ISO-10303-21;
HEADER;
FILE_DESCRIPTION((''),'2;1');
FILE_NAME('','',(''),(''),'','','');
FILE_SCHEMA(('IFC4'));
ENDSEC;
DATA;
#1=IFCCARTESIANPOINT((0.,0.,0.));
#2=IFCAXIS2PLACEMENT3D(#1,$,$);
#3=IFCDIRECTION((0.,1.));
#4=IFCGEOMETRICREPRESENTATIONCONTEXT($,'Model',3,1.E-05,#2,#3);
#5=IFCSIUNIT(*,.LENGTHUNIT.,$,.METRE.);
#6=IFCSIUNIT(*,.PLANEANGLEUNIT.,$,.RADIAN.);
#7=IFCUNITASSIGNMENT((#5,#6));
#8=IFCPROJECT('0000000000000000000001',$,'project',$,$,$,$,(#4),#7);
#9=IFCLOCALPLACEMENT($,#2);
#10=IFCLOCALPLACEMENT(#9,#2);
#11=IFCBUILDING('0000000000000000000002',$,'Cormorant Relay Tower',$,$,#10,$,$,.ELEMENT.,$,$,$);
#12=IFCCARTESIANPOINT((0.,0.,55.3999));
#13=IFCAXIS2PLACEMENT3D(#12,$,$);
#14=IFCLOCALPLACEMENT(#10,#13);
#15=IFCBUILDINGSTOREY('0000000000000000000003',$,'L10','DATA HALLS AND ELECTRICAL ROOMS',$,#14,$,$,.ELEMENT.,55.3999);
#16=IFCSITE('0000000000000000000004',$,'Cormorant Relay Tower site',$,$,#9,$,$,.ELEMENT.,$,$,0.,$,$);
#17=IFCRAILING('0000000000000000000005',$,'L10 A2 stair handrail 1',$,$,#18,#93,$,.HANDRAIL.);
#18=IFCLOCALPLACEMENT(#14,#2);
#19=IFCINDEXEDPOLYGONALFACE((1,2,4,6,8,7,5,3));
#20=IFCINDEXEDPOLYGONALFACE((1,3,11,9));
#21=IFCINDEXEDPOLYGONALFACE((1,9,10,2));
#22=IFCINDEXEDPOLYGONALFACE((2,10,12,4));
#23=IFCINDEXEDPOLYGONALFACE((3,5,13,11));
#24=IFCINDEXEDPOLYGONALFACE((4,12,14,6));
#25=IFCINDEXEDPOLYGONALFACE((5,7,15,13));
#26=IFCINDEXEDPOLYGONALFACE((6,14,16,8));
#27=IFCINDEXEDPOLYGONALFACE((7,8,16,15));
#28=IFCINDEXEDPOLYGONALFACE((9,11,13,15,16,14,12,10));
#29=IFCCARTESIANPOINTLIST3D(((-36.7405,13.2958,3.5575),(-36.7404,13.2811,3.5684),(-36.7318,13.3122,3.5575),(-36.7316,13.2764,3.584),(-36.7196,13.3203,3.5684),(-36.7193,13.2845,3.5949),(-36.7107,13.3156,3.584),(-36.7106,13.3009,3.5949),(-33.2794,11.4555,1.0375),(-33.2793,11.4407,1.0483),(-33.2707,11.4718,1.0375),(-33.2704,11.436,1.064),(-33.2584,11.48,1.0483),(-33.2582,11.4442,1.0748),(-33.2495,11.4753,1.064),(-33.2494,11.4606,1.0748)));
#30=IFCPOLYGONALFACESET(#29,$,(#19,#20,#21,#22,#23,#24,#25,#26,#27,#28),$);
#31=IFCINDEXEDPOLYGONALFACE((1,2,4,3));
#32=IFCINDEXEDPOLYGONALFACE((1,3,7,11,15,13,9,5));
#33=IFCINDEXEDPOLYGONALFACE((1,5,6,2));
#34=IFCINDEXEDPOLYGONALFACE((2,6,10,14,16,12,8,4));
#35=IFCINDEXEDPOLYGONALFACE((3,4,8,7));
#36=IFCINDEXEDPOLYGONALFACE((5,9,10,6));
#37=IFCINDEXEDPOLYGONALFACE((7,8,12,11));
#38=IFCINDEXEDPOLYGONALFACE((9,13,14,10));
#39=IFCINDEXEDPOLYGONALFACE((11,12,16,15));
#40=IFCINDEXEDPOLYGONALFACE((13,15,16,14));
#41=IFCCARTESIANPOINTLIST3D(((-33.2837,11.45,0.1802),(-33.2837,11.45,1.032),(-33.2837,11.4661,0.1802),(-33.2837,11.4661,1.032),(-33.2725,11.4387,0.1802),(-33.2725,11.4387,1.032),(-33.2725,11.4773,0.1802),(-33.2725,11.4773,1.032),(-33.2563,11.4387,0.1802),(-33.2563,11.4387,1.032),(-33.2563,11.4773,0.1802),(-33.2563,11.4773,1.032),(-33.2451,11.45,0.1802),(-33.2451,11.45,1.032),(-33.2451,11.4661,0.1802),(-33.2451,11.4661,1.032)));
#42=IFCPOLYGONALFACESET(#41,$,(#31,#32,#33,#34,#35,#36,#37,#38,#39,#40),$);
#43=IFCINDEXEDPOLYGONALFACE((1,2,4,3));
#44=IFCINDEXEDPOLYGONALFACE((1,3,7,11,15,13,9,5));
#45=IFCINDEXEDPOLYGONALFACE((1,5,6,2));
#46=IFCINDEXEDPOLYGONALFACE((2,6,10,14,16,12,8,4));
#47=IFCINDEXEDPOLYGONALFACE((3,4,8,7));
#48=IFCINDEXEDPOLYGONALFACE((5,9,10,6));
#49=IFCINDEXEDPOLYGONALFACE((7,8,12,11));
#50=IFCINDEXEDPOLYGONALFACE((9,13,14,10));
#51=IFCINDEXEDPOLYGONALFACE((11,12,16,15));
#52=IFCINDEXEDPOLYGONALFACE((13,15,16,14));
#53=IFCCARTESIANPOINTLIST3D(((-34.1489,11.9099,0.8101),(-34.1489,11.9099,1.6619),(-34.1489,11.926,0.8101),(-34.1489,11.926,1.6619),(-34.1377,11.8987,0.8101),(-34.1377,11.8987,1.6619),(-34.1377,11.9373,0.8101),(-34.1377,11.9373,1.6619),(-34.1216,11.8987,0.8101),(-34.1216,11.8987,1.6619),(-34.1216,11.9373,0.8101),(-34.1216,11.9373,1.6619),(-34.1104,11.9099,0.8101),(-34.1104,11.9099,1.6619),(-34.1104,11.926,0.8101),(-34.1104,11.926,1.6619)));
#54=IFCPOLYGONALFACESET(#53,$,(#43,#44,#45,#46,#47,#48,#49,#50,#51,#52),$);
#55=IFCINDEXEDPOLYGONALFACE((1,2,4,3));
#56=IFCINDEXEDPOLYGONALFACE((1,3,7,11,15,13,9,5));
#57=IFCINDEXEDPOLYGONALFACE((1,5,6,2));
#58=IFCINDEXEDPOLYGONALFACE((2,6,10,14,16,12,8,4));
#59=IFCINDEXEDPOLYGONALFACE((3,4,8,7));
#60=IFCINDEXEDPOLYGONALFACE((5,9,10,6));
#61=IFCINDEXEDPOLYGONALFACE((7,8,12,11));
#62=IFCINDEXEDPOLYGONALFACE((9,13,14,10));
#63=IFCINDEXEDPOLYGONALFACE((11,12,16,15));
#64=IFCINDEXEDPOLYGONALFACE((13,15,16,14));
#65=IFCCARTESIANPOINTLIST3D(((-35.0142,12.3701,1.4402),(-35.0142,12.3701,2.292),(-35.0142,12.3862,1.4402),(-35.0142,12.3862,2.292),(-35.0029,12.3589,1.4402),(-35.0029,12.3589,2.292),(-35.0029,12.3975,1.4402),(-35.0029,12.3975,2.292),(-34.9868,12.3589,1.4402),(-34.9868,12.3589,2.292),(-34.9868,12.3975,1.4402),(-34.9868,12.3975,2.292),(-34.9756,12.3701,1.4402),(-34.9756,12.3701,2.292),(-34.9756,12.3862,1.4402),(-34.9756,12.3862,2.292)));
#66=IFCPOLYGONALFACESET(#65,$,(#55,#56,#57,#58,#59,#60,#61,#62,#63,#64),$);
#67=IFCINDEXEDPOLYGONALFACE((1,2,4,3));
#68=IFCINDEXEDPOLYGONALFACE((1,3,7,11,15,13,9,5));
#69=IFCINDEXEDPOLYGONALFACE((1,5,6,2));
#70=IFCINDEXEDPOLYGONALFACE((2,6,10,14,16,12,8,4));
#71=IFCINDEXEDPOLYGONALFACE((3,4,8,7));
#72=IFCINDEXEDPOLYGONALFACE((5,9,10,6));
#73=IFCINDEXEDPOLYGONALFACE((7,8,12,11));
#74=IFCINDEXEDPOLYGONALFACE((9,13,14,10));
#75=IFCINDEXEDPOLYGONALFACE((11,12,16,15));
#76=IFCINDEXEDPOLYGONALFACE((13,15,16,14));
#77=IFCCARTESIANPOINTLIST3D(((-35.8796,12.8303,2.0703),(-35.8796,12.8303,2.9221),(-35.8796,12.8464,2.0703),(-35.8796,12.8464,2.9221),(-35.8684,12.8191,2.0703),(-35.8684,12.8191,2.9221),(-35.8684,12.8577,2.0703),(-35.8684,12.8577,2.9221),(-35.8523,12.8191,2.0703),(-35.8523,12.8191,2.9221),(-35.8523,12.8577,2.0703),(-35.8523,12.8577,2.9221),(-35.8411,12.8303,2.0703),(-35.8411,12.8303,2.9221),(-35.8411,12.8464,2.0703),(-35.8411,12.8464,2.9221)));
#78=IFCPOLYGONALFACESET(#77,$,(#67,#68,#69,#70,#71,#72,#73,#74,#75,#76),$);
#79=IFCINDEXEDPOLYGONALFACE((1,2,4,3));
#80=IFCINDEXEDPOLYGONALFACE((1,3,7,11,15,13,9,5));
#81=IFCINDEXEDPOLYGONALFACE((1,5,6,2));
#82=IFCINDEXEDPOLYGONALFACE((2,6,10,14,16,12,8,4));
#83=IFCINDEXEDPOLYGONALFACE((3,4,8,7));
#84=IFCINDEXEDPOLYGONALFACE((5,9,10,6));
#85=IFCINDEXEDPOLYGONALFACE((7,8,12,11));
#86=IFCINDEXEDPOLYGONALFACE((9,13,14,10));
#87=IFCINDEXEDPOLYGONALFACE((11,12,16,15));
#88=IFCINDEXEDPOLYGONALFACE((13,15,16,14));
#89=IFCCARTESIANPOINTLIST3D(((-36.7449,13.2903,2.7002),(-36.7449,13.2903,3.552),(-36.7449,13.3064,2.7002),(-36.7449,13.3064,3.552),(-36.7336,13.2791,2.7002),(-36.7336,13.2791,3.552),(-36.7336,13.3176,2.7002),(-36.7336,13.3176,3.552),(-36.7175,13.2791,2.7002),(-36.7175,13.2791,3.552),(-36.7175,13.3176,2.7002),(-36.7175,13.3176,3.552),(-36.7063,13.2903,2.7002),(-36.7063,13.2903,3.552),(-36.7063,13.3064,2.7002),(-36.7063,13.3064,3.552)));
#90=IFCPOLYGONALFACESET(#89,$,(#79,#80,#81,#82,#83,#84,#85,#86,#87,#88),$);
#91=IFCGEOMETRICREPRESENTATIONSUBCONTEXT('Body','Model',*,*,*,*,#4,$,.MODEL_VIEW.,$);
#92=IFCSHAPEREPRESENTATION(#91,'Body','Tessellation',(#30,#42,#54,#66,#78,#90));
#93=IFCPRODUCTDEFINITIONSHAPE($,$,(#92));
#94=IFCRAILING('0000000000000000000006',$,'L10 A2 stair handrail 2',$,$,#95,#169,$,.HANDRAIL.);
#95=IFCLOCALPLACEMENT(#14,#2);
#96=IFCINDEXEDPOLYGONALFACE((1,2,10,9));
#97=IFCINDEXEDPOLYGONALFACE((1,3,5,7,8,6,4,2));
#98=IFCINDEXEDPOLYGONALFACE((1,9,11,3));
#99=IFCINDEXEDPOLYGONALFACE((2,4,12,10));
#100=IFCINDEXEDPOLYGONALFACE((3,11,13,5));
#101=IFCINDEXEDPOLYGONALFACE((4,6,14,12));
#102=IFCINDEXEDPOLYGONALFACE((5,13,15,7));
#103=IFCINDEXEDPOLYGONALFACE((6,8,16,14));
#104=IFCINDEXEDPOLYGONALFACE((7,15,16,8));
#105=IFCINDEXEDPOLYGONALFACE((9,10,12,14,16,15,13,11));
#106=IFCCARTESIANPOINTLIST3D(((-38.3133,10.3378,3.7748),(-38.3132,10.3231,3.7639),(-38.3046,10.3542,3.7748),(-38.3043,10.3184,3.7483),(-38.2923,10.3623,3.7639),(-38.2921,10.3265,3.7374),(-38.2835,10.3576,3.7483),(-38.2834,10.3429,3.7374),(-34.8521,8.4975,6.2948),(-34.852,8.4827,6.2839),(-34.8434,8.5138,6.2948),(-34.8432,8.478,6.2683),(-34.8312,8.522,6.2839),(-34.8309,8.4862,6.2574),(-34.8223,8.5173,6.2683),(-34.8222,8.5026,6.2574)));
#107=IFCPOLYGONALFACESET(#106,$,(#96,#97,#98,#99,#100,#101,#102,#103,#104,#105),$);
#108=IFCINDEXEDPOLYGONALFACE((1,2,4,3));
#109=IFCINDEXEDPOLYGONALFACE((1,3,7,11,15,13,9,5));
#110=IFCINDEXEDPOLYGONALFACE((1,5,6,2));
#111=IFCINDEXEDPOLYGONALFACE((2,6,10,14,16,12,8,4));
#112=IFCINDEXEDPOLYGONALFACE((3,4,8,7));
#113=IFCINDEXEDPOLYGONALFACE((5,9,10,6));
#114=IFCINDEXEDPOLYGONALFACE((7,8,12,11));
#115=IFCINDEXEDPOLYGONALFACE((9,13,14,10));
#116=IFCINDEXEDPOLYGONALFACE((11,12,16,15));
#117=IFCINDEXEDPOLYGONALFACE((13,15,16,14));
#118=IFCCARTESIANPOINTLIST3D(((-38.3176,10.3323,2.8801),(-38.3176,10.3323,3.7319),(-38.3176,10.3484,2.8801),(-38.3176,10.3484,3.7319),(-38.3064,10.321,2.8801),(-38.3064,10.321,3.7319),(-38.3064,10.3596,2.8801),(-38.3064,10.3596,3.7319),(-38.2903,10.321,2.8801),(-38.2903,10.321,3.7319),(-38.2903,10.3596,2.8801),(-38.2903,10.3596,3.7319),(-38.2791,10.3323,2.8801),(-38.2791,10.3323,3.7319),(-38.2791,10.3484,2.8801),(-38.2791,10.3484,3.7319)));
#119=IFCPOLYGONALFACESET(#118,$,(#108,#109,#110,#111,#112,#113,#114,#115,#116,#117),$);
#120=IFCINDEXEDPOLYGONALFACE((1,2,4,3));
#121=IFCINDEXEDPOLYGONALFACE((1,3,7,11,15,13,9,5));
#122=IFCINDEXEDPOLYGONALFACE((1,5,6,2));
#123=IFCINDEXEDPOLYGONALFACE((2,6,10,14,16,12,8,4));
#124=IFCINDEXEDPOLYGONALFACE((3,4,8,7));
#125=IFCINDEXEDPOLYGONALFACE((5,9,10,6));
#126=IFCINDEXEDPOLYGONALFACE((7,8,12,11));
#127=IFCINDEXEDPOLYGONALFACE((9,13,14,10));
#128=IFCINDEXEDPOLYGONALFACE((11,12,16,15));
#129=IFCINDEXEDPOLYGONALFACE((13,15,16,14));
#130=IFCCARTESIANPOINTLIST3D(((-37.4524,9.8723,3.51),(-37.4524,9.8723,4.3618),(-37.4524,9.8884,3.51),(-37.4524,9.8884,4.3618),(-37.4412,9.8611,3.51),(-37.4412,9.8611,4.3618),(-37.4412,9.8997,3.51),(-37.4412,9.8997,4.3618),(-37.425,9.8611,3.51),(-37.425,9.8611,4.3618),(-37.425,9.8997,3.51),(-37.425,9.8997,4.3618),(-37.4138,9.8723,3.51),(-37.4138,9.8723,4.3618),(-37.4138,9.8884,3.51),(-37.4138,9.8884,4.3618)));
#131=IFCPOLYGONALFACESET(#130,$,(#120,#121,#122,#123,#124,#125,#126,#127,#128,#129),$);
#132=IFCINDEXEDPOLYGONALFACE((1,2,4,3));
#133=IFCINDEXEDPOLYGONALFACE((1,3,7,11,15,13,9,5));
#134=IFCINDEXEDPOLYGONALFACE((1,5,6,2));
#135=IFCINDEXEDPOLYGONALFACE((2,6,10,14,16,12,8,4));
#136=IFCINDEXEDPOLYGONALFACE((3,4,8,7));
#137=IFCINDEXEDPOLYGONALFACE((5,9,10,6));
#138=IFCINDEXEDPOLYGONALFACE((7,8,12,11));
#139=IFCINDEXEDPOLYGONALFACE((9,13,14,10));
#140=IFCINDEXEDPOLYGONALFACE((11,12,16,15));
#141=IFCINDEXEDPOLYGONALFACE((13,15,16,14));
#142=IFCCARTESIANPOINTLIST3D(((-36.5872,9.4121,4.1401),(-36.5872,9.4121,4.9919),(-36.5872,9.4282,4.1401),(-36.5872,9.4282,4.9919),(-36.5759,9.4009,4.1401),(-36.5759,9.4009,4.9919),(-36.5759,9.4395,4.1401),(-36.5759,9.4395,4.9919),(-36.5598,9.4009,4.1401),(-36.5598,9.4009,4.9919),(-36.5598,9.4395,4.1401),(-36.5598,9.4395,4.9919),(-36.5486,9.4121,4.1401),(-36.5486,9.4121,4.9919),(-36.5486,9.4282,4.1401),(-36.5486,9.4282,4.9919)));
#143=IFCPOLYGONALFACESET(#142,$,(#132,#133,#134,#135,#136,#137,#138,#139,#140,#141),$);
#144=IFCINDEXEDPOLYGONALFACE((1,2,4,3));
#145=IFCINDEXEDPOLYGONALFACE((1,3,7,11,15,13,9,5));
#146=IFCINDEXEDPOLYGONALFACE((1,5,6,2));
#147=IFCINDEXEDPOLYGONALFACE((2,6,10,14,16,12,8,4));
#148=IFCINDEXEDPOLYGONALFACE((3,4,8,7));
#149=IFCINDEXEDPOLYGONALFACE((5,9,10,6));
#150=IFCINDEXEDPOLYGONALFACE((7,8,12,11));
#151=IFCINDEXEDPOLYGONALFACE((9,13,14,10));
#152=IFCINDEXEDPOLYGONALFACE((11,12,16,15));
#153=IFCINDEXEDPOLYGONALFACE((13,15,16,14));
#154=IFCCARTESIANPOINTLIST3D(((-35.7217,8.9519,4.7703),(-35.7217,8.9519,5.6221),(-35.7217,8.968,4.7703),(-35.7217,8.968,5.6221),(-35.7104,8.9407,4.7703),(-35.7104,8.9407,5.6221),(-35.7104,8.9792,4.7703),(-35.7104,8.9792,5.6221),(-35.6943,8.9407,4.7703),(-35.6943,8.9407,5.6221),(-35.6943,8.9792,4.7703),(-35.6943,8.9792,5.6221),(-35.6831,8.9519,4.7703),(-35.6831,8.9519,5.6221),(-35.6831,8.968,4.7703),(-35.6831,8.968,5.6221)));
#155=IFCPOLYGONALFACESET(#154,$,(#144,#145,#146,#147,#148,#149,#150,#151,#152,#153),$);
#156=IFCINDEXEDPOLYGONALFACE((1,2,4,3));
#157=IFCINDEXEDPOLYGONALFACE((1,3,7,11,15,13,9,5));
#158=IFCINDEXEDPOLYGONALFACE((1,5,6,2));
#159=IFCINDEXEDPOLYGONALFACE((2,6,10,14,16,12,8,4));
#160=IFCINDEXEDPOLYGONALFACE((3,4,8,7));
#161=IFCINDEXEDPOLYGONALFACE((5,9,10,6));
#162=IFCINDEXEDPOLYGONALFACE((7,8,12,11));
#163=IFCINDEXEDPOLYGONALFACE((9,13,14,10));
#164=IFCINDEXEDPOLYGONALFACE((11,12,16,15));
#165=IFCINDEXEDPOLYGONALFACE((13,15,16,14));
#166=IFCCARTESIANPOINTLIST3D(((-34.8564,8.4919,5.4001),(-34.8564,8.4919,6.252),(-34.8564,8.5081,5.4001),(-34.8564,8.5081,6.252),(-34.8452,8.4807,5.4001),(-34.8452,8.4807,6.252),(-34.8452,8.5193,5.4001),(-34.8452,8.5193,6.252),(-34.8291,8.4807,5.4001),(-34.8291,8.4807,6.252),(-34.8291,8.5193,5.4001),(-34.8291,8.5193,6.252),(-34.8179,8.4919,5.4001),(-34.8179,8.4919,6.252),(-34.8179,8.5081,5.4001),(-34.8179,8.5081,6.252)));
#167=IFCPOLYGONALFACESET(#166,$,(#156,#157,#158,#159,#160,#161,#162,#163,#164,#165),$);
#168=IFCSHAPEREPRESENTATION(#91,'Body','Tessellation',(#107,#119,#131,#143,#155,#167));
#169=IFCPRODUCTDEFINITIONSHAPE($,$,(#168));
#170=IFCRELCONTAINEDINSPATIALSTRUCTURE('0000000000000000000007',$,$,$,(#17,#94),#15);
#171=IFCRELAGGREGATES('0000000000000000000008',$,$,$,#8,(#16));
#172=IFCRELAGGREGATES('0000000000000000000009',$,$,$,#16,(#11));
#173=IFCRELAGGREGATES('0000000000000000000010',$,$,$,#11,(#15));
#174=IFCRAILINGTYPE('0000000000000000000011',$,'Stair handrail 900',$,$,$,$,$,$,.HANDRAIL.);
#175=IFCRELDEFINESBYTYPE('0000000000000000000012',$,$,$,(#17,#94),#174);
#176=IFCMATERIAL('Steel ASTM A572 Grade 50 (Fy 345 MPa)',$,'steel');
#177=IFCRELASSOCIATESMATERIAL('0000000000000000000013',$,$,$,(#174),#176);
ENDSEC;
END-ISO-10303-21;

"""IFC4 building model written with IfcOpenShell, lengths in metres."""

from ifc_helpers import new_model, si_unit, direction, frame, origin, place, context, subcontext, project, spatial, polyline, outline, extrude, material, type_object, element, save


model = new_model("IFC4")

# Units and contexts
model_context = context("Model", 3, precision=1e-05, world=origin(), true_north=direction((0.0, 1.0)))
body_context = subcontext(model_context, "Body", "Model", "MODEL_VIEW")
ifc_project = project(units=[si_unit("LENGTHUNIT", "METRE"), si_unit("PLANEANGLEUNIT", "RADIAN")], contexts=[model_context])

# Site, building, storey
site_placement = place(None, origin())
site = spatial("IfcSite", under=ifc_project, at=site_placement, Name="Cormorant Relay Tower site", CompositionType="ELEMENT", RefElevation=0.0)
building_placement = place(site_placement, origin())
building = spatial("IfcBuilding", under=site, at=building_placement, Name="Cormorant Relay Tower", CompositionType="ELEMENT")
storey_placement = place(building_placement, frame((0.0, 0.0, 55.3999)))
storey = spatial("IfcBuildingStorey", under=building, at=storey_placement, Name="L10", Description="DATA HALLS AND ELECTRICAL ROOMS", CompositionType="ELEMENT", Elevation=55.3999)

# Railings
ifc_material_1 = material(Name="Steel ASTM A572 Grade 50 (Fy 345 MPa)", Category="steel")
railing_type_1 = type_object("IfcRailingType", Name="Stair handrail 900", PredefinedType="HANDRAIL", material=ifc_material_1)
railing_1_placement = place(storey_placement, frame((-33.2644, 11.458, 0.1802)))
element("IfcRailing", 1, at=railing_1_placement, inside=storey, type_object=railing_type_1, Name="L10 A2 stair handrail 1", PredefinedType="HANDRAIL", context=body_context, shape_type="SweptSolid", body=[
    extrude(outline(polyline([(0.0222, 0.0093), (0.0093, 0.0222), (-0.0093, 0.0222), (-0.0222, 0.0093), (-0.0222, -0.0093), (-0.0093, -0.0222), (0.0093, -0.0222), (0.0222, -0.0093), (0.0222, 0.0093)])), frame((0.0, 0.0, 0.876), z_axis=(-0.742717, 0.394907, 0.540758), x_axis=(-0.469469, -0.882949, 0.0)), (0.0, 0.0, 1.0), 4.6602),
    extrude(outline(polyline([(0.0193, 0.0081), (0.0081, 0.0193), (-0.0081, 0.0193), (-0.0193, 0.0081), (-0.0193, -0.0081), (-0.0081, -0.0193), (0.0081, -0.0193), (0.0193, -0.0081), (0.0193, 0.0081)])), origin(), (0.0, 0.0, 1.0), 0.8518),
    extrude(outline(polyline([(0.0193, 0.0081), (0.0081, 0.0193), (-0.0081, 0.0193), (-0.0193, 0.0081), (-0.0193, -0.0081), (-0.0081, -0.0193), (0.0081, -0.0193), (0.0193, -0.0081), (0.0193, 0.0081)])), frame((-0.8652, 0.46, 0.6299)), (0.0, 0.0, 1.0), 0.8518),
    extrude(outline(polyline([(0.0193, 0.0081), (0.0081, 0.0193), (-0.0081, 0.0193), (-0.0193, 0.0081), (-0.0193, -0.0081), (-0.0081, -0.0193), (0.0081, -0.0193), (0.0193, -0.0081), (0.0193, 0.0081)])), frame((-1.7305, 0.9202, 1.26)), (0.0, 0.0, 1.0), 0.8518),
    extrude(outline(polyline([(0.0193, 0.0081), (0.0081, 0.0193), (-0.0081, 0.0193), (-0.0193, 0.0081), (-0.0193, -0.0081), (-0.0081, -0.0193), (0.0081, -0.0193), (0.0193, -0.0081), (0.0193, 0.0081)])), frame((-2.5959, 1.3804, 1.8901)), (0.0, 0.0, 1.0), 0.8518),
    extrude(outline(polyline([(0.0193, 0.0081), (0.0081, 0.0193), (-0.0081, 0.0193), (-0.0193, 0.0081), (-0.0193, -0.0081), (-0.0081, -0.0193), (0.0081, -0.0193), (0.0193, -0.0081), (0.0193, 0.0081)])), frame((-3.4612, 1.8403, 2.52)), (0.0, 0.0, 1.0), 0.8518),
])
railing_2_placement = place(storey_placement, frame((-38.2983, 10.3403, 2.8801)))
element("IfcRailing", 2, at=railing_2_placement, inside=storey, type_object=railing_type_1, Name="L10 A2 stair handrail 2", PredefinedType="HANDRAIL", context=body_context, shape_type="SweptSolid", body=[
    extrude(outline(polyline([(0.0222, 0.0093), (0.0093, 0.0222), (-0.0093, 0.0222), (-0.0222, 0.0093), (-0.0222, -0.0093), (-0.0093, -0.0222), (0.0093, -0.0222), (0.0222, -0.0093), (0.0222, 0.0093)])), frame((0.0, 0.0, 0.876), z_axis=(0.742717, -0.394907, 0.540758), x_axis=(0.469469, 0.882949, 0.0)), (0.0, 0.0, 1.0), 4.6602),
    extrude(outline(polyline([(0.0193, 0.0081), (0.0081, 0.0193), (-0.0081, 0.0193), (-0.0193, 0.0081), (-0.0193, -0.0081), (-0.0081, -0.0193), (0.0081, -0.0193), (0.0193, -0.0081), (0.0193, 0.0081)])), origin(), (0.0, 0.0, 1.0), 0.8518),
    extrude(outline(polyline([(0.0193, 0.0081), (0.0081, 0.0193), (-0.0081, 0.0193), (-0.0193, 0.0081), (-0.0193, -0.0081), (-0.0081, -0.0193), (0.0081, -0.0193), (0.0193, -0.0081), (0.0193, 0.0081)])), frame((0.8652, -0.46, 0.6299)), (0.0, 0.0, 1.0), 0.8518),
    extrude(outline(polyline([(0.0193, 0.0081), (0.0081, 0.0193), (-0.0081, 0.0193), (-0.0193, 0.0081), (-0.0193, -0.0081), (-0.0081, -0.0193), (0.0081, -0.0193), (0.0193, -0.0081), (0.0193, 0.0081)])), frame((1.7305, -0.9202, 1.26)), (0.0, 0.0, 1.0), 0.8518),
    extrude(outline(polyline([(0.0193, 0.0081), (0.0081, 0.0193), (-0.0081, 0.0193), (-0.0193, 0.0081), (-0.0193, -0.0081), (-0.0081, -0.0193), (0.0081, -0.0193), (0.0193, -0.0081), (0.0193, 0.0081)])), frame((2.5959, -1.3804, 1.8901)), (0.0, 0.0, 1.0), 0.8518),
    extrude(outline(polyline([(0.0193, 0.0081), (0.0081, 0.0193), (-0.0081, 0.0193), (-0.0193, 0.0081), (-0.0193, -0.0081), (-0.0081, -0.0193), (0.0081, -0.0193), (0.0193, -0.0081), (0.0193, 0.0081)])), frame((3.4612, -1.8403, 2.52)), (0.0, 0.0, 1.0), 0.8518),
])

save(model, "model.ifc")
